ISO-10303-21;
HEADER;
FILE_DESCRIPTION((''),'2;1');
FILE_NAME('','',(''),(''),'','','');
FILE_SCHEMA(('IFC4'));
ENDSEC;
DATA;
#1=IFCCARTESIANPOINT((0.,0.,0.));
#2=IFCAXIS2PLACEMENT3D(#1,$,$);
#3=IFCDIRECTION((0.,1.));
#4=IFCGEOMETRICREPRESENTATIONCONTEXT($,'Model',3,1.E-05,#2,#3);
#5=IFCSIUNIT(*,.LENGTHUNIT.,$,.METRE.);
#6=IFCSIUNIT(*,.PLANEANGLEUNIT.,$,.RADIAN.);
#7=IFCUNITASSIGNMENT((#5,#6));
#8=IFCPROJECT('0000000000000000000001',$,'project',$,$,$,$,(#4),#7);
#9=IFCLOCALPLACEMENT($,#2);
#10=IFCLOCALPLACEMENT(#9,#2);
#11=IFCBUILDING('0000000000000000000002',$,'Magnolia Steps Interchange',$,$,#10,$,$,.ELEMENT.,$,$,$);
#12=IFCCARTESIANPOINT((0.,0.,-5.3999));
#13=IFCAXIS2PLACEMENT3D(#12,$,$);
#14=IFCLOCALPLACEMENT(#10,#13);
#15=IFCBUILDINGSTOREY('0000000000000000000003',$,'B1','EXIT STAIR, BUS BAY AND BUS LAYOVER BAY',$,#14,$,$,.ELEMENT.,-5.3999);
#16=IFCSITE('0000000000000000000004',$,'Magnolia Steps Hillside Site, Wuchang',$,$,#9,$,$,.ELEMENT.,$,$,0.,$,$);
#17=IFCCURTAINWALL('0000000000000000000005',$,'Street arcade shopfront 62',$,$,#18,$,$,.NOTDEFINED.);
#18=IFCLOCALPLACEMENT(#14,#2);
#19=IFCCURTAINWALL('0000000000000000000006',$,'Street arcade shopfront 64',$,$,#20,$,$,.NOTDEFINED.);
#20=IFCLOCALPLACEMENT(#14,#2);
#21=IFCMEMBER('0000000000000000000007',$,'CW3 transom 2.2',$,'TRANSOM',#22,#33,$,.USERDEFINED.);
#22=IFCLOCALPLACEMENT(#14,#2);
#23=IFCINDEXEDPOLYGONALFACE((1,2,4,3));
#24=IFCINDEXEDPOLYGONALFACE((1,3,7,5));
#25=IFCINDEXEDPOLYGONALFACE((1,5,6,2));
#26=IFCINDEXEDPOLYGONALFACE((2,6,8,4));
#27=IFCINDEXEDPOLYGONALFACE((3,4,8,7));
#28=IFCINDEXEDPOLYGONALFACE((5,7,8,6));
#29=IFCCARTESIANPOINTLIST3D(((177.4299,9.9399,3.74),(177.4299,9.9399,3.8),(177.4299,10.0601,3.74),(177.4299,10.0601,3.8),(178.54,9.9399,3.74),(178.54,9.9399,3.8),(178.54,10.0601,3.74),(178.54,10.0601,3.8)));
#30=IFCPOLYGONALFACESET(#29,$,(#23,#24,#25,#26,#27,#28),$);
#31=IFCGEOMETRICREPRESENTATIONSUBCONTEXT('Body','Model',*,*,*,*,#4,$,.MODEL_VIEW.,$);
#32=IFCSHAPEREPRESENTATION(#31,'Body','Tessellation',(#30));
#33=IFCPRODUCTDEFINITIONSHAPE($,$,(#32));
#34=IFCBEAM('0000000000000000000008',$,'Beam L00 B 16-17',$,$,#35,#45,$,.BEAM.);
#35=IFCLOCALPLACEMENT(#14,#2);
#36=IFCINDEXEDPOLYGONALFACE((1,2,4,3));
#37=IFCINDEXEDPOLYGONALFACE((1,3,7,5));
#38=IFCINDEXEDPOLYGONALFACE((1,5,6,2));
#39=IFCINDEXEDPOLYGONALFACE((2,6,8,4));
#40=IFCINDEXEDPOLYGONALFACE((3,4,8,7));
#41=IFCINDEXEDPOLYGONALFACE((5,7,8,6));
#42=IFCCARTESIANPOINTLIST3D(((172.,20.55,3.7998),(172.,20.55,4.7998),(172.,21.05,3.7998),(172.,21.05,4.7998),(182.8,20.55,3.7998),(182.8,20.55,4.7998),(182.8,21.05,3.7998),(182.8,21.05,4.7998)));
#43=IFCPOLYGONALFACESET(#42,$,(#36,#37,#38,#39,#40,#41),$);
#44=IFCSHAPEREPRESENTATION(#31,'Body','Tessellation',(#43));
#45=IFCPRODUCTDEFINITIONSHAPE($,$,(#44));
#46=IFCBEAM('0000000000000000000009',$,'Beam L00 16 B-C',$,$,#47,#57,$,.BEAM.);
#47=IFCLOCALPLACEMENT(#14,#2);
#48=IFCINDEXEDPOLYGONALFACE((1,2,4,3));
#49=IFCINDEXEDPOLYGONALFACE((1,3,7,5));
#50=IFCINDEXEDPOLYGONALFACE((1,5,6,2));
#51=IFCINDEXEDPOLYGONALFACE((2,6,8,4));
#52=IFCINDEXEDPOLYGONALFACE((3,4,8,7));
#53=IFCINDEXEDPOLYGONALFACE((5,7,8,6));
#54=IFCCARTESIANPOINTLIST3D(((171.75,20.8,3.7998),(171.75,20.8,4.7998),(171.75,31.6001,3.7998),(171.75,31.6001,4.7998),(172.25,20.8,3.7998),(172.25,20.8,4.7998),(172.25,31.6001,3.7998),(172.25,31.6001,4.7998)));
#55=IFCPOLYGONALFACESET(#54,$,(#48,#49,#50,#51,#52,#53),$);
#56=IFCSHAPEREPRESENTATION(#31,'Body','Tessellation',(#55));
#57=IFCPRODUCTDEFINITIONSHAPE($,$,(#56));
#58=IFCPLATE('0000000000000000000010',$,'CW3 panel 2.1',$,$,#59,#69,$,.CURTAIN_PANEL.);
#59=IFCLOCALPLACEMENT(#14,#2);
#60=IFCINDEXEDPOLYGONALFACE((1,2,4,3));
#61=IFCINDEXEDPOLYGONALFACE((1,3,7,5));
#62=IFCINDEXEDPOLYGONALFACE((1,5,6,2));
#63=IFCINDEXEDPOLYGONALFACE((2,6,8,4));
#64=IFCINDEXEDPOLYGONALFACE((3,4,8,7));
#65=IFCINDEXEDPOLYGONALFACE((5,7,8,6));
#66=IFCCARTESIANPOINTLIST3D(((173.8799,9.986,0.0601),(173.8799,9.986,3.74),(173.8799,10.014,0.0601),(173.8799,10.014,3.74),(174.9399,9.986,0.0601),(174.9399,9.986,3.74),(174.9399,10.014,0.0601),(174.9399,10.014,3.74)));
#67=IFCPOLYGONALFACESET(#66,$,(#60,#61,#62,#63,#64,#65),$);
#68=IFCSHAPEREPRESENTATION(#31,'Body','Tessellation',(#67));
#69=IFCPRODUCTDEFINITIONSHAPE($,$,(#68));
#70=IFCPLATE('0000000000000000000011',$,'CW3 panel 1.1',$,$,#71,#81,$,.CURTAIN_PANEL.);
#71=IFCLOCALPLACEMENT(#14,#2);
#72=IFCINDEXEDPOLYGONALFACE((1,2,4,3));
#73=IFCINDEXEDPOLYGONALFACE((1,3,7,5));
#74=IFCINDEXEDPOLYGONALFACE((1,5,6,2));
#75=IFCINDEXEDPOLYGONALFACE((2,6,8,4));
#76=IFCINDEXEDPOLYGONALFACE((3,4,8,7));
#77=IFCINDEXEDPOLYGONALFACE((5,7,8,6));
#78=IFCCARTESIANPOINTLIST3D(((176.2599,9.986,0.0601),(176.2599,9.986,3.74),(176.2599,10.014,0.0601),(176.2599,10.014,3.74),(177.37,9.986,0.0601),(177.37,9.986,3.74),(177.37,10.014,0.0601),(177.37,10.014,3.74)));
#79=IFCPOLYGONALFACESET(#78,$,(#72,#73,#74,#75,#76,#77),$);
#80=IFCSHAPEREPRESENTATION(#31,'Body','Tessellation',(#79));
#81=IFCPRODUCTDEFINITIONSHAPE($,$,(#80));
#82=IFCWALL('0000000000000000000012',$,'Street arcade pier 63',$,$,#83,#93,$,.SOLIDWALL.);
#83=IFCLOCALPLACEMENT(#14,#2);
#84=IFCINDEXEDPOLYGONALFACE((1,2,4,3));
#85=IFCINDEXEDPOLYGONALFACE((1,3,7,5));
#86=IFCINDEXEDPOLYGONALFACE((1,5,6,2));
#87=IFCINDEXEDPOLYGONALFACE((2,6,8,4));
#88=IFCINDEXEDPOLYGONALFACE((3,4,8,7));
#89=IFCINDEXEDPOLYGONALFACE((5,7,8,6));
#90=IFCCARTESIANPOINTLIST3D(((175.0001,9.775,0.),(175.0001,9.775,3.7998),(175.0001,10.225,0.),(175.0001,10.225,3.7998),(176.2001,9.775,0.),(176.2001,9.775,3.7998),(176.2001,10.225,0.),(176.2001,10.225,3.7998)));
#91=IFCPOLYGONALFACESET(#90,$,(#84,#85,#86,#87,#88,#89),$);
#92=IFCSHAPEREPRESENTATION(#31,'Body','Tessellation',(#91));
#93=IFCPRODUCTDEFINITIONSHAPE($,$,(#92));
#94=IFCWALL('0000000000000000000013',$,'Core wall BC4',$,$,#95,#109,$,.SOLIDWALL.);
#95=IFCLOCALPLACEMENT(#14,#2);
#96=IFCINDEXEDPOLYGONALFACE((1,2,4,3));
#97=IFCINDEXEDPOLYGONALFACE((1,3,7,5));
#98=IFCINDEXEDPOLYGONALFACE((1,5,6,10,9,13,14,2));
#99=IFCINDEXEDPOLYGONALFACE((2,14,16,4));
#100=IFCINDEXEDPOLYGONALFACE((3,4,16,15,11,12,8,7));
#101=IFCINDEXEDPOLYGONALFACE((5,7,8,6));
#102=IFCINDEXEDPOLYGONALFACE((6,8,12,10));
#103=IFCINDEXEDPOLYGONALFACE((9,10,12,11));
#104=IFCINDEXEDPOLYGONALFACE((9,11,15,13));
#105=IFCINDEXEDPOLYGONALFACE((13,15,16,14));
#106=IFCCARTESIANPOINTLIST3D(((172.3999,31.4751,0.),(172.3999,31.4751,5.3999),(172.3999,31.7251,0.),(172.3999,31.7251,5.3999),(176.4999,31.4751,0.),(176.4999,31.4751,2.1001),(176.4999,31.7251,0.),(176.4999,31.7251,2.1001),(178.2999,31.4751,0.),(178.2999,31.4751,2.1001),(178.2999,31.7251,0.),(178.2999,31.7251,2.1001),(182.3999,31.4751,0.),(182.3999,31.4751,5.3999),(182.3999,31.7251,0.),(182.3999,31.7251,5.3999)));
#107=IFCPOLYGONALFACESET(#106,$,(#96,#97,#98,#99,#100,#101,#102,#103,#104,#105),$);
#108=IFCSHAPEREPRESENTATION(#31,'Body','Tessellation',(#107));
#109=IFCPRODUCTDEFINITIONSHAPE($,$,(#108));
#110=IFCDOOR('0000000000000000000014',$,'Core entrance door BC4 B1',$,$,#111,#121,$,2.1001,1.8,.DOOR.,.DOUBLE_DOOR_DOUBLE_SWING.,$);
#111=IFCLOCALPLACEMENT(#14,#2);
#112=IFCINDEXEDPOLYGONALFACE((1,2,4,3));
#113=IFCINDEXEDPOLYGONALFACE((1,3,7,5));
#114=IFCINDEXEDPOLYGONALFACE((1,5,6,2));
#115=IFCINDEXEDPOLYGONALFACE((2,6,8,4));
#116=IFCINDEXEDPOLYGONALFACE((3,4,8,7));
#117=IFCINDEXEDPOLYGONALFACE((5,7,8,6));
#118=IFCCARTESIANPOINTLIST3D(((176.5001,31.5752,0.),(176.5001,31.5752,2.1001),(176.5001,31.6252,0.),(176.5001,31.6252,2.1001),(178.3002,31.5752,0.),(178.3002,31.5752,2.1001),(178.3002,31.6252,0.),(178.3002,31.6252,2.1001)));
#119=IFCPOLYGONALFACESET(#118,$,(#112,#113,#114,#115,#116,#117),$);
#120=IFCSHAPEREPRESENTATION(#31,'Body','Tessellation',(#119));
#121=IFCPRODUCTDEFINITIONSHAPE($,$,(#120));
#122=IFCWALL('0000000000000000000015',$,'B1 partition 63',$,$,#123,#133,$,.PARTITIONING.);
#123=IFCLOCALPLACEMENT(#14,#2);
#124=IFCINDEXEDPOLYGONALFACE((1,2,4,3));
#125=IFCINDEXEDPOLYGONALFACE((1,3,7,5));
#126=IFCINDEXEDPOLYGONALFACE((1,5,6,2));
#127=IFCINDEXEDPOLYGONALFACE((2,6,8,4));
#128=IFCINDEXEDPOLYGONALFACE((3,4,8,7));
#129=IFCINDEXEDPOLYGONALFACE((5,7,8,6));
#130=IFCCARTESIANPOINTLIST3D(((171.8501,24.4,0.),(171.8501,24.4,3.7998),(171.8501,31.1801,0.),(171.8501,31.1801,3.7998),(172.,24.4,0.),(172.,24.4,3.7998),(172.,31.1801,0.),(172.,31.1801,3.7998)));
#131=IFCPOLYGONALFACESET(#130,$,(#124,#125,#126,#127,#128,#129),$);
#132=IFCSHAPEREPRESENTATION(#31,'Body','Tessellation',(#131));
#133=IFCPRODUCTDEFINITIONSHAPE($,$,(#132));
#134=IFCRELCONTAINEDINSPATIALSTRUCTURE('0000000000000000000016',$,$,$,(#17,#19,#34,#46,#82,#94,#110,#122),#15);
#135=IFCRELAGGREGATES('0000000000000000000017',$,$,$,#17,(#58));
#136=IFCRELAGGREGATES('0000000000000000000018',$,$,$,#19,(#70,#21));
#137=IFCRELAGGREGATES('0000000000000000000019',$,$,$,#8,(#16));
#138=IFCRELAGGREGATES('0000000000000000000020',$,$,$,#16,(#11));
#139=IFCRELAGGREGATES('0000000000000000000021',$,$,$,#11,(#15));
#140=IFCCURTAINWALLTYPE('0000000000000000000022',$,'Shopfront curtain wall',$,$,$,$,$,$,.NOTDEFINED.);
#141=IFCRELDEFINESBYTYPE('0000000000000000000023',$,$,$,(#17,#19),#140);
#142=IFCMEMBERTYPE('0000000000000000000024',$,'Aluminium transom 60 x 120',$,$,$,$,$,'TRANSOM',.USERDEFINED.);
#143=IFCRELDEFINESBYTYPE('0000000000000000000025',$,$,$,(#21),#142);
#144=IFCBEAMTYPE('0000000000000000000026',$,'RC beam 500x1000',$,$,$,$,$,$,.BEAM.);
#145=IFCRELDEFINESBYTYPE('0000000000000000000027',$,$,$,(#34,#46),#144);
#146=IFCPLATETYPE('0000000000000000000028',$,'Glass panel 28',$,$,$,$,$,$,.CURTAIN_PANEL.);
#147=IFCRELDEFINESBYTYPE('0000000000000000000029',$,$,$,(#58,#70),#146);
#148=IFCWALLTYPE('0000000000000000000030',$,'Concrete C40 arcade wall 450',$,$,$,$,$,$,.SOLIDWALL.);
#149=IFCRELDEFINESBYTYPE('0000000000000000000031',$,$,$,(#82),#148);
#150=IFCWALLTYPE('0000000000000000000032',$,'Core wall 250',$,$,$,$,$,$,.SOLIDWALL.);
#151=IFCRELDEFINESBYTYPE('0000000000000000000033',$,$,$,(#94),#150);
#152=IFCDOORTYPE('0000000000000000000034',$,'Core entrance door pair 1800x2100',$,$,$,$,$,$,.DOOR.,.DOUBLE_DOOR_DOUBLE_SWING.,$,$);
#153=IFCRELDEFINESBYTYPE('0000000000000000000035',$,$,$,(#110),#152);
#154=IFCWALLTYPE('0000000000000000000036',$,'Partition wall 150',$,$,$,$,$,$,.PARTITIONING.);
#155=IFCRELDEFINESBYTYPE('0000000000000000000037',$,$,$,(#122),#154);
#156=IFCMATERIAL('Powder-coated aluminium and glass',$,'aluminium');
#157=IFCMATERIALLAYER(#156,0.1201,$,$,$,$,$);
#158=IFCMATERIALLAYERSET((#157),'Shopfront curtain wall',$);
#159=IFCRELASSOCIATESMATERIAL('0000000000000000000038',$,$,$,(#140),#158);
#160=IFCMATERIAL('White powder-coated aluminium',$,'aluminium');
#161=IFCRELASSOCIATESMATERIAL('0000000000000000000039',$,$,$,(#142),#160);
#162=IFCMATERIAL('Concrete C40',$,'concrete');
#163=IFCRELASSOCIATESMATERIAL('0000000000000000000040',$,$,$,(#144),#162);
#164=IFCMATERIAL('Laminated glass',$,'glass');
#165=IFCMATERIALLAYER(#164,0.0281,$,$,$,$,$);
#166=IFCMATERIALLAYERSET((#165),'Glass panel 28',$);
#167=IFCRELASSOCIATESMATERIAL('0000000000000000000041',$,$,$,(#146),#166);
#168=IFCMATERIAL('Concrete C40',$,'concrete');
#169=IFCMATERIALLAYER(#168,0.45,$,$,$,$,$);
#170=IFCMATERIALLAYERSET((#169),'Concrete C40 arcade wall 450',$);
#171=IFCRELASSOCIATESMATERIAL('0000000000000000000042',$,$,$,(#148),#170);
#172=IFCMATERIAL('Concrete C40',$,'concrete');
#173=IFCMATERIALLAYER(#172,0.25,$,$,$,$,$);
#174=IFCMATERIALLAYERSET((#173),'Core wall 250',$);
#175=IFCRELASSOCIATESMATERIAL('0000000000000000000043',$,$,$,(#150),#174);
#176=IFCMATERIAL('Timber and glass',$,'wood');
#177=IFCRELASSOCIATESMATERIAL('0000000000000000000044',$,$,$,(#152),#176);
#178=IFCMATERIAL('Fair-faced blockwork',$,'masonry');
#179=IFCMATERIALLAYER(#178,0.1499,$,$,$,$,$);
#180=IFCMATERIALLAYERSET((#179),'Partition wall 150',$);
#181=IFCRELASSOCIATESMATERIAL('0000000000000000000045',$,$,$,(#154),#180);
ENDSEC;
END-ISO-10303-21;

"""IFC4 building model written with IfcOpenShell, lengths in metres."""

from ifc_helpers import new_model, si_unit, direction, frame, frame_2d, origin, origin_2d, place, context, subcontext, project, spatial, rectangle, extrude, material, layer, layer_set, material_profile, profile_set, type_object, element, fill, aggregate, save


model = new_model("IFC4")

# Units and contexts
model_context = context("Model", 3, precision=1e-05, world=origin(), true_north=direction((0.0, 1.0)))
body_context = subcontext(model_context, "Body", "Model", "MODEL_VIEW")
ifc_project = project(units=[si_unit("LENGTHUNIT", "METRE"), si_unit("PLANEANGLEUNIT", "RADIAN")], contexts=[model_context])

# Site, building, storey
site_placement = place(None, origin())
site = spatial("IfcSite", under=ifc_project, at=site_placement, Name="Magnolia Steps Hillside Site, Wuchang", CompositionType="ELEMENT", RefElevation=0.0)
building_placement = place(site_placement, origin())
building = spatial("IfcBuilding", under=site, at=building_placement, Name="Magnolia Steps Interchange", CompositionType="ELEMENT")
storey_placement = place(building_placement, frame((0.0, 0.0, -5.3999)))
storey = spatial("IfcBuildingStorey", under=building, at=storey_placement, Name="B1", Description="EXIT STAIR, BUS BAY AND BUS LAYOVER BAY", CompositionType="ELEMENT", Elevation=-5.3999)

# Curtain walls
ifc_material_1 = material(Name="Powder-coated aluminium and glass", Category="aluminium")
ifc_layer_1 = layer(ifc_material_1, 0.1201)
ifc_layer_set_1 = layer_set([ifc_layer_1], Name="Shopfront curtain wall")
curtain_wall_type = type_object("IfcCurtainWallType", Name="Shopfront curtain wall", PredefinedType="NOTDEFINED", material=ifc_layer_set_1)
curtain_wall_1_placement = place(storey_placement, origin())
curtain_wall_1 = element("IfcCurtainWall", 1, at=curtain_wall_1_placement, inside=storey, type_object=curtain_wall_type, Name="Street arcade shopfront 62", PredefinedType="NOTDEFINED")
curtain_wall_2_placement = place(storey_placement, origin())
curtain_wall_2 = element("IfcCurtainWall", 2, at=curtain_wall_2_placement, inside=storey, type_object=curtain_wall_type, Name="Street arcade shopfront 64", PredefinedType="NOTDEFINED")

# Member
ifc_material_2 = material(Name="White powder-coated aluminium", Category="aluminium")
ifc_material_profile_1 = material_profile(ifc_material_2, rectangle(XDim=0.0601, YDim=0.1201, at=origin_2d()), Name="Aluminium transom 60 x 120")
ifc_profile_set_1 = profile_set([ifc_material_profile_1], Name="White powder-coated aluminium")
member_type_1 = type_object("IfcMemberType", Name="Aluminium transom 60 x 120", ElementType="TRANSOM", PredefinedType="USERDEFINED", material=ifc_profile_set_1)
member_1_placement = place(storey_placement, frame((177.4299, 10.0, 3.77), z_axis=(1.0, 0.0, 0.0), x_axis=(0.0, 0.0, 1.0)))
member_1 = element("IfcMember", 3, at=member_1_placement, type_object=member_type_1, Name="CW3 transom 2.2", ObjectType="TRANSOM", PredefinedType="USERDEFINED", context=body_context, shape_type="SweptSolid", body=[
    extrude(rectangle(XDim=0.0601, YDim=0.1201, at=origin_2d()), origin(), (0.0, 0.0, 1.0), 1.1101),
])

# Beams
ifc_material_3 = material(Name="Concrete C40", Category="concrete")
ifc_material_profile_2 = material_profile(ifc_material_3, rectangle(XDim=0.5, YDim=1.0, at=origin_2d()), Name="RC500x1000")
ifc_profile_set_2 = profile_set([ifc_material_profile_2], Name="Concrete C40")
beam_type = type_object("IfcBeamType", Name="RC beam 500x1000", PredefinedType="BEAM", material=ifc_profile_set_2)
for number, where, z_axis, x_axis, name in (
    (4, (172.0, 20.8, 4.2998), (1.0, 0.0, 0.0), (0.0, 1.0, 0.0), "Beam L00 B 16-17"),
    (5, (172.0, 20.8, 4.2998), (0.0, 1.0, 0.0), (-1.0, 0.0, 0.0), "Beam L00 16 B-C"),
):
    element("IfcBeam", number, at=place(storey_placement, frame(where, z_axis=z_axis, x_axis=x_axis)), inside=storey, type_object=beam_type, Name=name, PredefinedType="BEAM", context=body_context, shape_type="SweptSolid", body=[
        extrude(rectangle(XDim=0.5, YDim=1.0, at=origin_2d()), origin(), (0.0, 0.0, 1.0), 10.8),
    ])

# Plates
ifc_material_4 = material(Name="Laminated glass", Category="glass")
ifc_layer_2 = layer(ifc_material_4, 0.0281)
ifc_layer_set_2 = layer_set([ifc_layer_2], Name="Glass panel 28")
plate_type = type_object("IfcPlateType", Name="Glass panel 28", PredefinedType="CURTAIN_PANEL", material=ifc_layer_set_2)
plate_1_placement = place(storey_placement, frame((174.4099, 10.0, 0.0601), z_axis=(0.0, 0.0, 1.0), x_axis=(1.0, 0.0, 0.0)))
plate_1 = element("IfcPlate", 6, at=plate_1_placement, type_object=plate_type, Name="CW3 panel 2.1", PredefinedType="CURTAIN_PANEL", context=body_context, shape_type="SweptSolid", body=[
    extrude(rectangle(XDim=1.0601, YDim=0.0281, at=origin_2d()), origin(), (0.0, 0.0, 1.0), 3.6799),
])
aggregate(curtain_wall_1, [plate_1])
plate_2_placement = place(storey_placement, frame((176.8149, 10.0, 0.0601), z_axis=(0.0, 0.0, 1.0), x_axis=(1.0, 0.0, 0.0)))
plate_2 = element("IfcPlate", 7, at=plate_2_placement, type_object=plate_type, Name="CW3 panel 1.1", PredefinedType="CURTAIN_PANEL", context=body_context, shape_type="SweptSolid", body=[
    extrude(rectangle(XDim=1.1101, YDim=0.0281, at=origin_2d()), origin(), (0.0, 0.0, 1.0), 3.6799),
])
aggregate(curtain_wall_2, [plate_2, member_1])

# Wall
ifc_material_5 = material(Name="Concrete C40", Category="concrete")
ifc_layer_3 = layer(ifc_material_5, 0.45)
ifc_layer_set_3 = layer_set([ifc_layer_3], Name="Concrete C40 arcade wall 450")
wall_type_1 = type_object("IfcWallType", Name="Concrete C40 arcade wall 450", PredefinedType="SOLIDWALL", material=ifc_layer_set_3)
wall_1_placement = place(storey_placement, frame((175.0, 10.0, 0.0), z_axis=(0.0, 0.0, 1.0), x_axis=(1.0, 0.0, 0.0)))
element("IfcWall", 8, at=wall_1_placement, inside=storey, type_object=wall_type_1, Name="Street arcade pier 63", PredefinedType="SOLIDWALL", context=body_context, shape_type="SweptSolid", body=[
    extrude(rectangle(XDim=1.2, YDim=0.45, at=frame_2d((0.6001, 0.0))), origin(), (0.0, 0.0, 1.0), 3.7998),
])

# Wall, opening, door
ifc_material_6 = material(Name="Concrete C40", Category="concrete")
ifc_layer_4 = layer(ifc_material_6, 0.25)
ifc_layer_set_4 = layer_set([ifc_layer_4], Name="Core wall 250")
wall_type_2 = type_object("IfcWallType", Name="Core wall 250", PredefinedType="SOLIDWALL", material=ifc_layer_set_4)
wall_2_placement = place(storey_placement, frame((172.3999, 31.6001, 0.0), z_axis=(0.0, 0.0, 1.0), x_axis=(1.0, 0.0, 0.0)))
wall_2 = element("IfcWall", 9, at=wall_2_placement, inside=storey, type_object=wall_type_2, Name="Core wall BC4", PredefinedType="SOLIDWALL", context=body_context, shape_type="SweptSolid", body=[
    extrude(rectangle(XDim=10.0, YDim=0.25, at=frame_2d((5.0, 0.0))), origin(), (0.0, 0.0, 1.0), 5.3999),
])
opening_placement = place(wall_2_placement, frame((4.1001, 0.0, 0.0)))
opening = element("IfcOpeningElement", 10, at=opening_placement, cuts=wall_2, PredefinedType="OPENING", context=body_context, shape_type="SweptSolid", body=[
    extrude(rectangle(XDim=1.8, YDim=2.1001, at=frame_2d((0.8999, 1.05))), frame((0.0, 0.135, 0.0), z_axis=(0.0, -1.0, 0.0), x_axis=(1.0, 0.0, 0.0)), (0.0, 0.0, 1.0), 0.27),
])
ifc_material_7 = material(Name="Timber and glass", Category="wood")
door_type = type_object("IfcDoorType", Name="Core entrance door pair 1800x2100", OperationType="DOUBLE_DOOR_DOUBLE_SWING", PredefinedType="DOOR", material=ifc_material_7)
door_placement = place(opening_placement, frame((1.8, 0.0, 0.0), z_axis=(0.0, 0.0, 1.0), x_axis=(-1.0, 0.0, 0.0)))
door = element("IfcDoor", 11, at=door_placement, inside=storey, type_object=door_type, Name="Core entrance door BC4 B1", OperationType="DOUBLE_DOOR_DOUBLE_SWING", OverallHeight=2.1001, OverallWidth=1.8, PredefinedType="DOOR", context=body_context, shape_type="SweptSolid", body=[
    extrude(rectangle(XDim=1.8, YDim=2.1001, at=frame_2d((0.8999, 1.05))), frame((0.0, 0.0249, 0.0), z_axis=(0.0, -1.0, 0.0), x_axis=(1.0, 0.0, 0.0)), (0.0, 0.0, 1.0), 0.05),
])
fill(opening, door)

# Wall
ifc_material_8 = material(Name="Fair-faced blockwork", Category="masonry")
ifc_layer_5 = layer(ifc_material_8, 0.1499)
ifc_layer_set_5 = layer_set([ifc_layer_5], Name="Partition wall 150")
wall_type_3 = type_object("IfcWallType", Name="Partition wall 150", PredefinedType="PARTITIONING", material=ifc_layer_set_5)
wall_3_placement = place(storey_placement, frame((171.925, 24.3999, 0.0), z_axis=(0.0, 0.0, 1.0), x_axis=(0.0, 1.0, 0.0)))
element("IfcWall", 12, at=wall_3_placement, inside=storey, type_object=wall_type_3, Name="B1 partition 63", PredefinedType="PARTITIONING", context=body_context, shape_type="SweptSolid", body=[
    extrude(rectangle(XDim=6.78, YDim=0.1499, at=frame_2d((3.3901, 0.0))), origin(), (0.0, 0.0, 1.0), 3.7998),
])

save(model, "model.ifc")
